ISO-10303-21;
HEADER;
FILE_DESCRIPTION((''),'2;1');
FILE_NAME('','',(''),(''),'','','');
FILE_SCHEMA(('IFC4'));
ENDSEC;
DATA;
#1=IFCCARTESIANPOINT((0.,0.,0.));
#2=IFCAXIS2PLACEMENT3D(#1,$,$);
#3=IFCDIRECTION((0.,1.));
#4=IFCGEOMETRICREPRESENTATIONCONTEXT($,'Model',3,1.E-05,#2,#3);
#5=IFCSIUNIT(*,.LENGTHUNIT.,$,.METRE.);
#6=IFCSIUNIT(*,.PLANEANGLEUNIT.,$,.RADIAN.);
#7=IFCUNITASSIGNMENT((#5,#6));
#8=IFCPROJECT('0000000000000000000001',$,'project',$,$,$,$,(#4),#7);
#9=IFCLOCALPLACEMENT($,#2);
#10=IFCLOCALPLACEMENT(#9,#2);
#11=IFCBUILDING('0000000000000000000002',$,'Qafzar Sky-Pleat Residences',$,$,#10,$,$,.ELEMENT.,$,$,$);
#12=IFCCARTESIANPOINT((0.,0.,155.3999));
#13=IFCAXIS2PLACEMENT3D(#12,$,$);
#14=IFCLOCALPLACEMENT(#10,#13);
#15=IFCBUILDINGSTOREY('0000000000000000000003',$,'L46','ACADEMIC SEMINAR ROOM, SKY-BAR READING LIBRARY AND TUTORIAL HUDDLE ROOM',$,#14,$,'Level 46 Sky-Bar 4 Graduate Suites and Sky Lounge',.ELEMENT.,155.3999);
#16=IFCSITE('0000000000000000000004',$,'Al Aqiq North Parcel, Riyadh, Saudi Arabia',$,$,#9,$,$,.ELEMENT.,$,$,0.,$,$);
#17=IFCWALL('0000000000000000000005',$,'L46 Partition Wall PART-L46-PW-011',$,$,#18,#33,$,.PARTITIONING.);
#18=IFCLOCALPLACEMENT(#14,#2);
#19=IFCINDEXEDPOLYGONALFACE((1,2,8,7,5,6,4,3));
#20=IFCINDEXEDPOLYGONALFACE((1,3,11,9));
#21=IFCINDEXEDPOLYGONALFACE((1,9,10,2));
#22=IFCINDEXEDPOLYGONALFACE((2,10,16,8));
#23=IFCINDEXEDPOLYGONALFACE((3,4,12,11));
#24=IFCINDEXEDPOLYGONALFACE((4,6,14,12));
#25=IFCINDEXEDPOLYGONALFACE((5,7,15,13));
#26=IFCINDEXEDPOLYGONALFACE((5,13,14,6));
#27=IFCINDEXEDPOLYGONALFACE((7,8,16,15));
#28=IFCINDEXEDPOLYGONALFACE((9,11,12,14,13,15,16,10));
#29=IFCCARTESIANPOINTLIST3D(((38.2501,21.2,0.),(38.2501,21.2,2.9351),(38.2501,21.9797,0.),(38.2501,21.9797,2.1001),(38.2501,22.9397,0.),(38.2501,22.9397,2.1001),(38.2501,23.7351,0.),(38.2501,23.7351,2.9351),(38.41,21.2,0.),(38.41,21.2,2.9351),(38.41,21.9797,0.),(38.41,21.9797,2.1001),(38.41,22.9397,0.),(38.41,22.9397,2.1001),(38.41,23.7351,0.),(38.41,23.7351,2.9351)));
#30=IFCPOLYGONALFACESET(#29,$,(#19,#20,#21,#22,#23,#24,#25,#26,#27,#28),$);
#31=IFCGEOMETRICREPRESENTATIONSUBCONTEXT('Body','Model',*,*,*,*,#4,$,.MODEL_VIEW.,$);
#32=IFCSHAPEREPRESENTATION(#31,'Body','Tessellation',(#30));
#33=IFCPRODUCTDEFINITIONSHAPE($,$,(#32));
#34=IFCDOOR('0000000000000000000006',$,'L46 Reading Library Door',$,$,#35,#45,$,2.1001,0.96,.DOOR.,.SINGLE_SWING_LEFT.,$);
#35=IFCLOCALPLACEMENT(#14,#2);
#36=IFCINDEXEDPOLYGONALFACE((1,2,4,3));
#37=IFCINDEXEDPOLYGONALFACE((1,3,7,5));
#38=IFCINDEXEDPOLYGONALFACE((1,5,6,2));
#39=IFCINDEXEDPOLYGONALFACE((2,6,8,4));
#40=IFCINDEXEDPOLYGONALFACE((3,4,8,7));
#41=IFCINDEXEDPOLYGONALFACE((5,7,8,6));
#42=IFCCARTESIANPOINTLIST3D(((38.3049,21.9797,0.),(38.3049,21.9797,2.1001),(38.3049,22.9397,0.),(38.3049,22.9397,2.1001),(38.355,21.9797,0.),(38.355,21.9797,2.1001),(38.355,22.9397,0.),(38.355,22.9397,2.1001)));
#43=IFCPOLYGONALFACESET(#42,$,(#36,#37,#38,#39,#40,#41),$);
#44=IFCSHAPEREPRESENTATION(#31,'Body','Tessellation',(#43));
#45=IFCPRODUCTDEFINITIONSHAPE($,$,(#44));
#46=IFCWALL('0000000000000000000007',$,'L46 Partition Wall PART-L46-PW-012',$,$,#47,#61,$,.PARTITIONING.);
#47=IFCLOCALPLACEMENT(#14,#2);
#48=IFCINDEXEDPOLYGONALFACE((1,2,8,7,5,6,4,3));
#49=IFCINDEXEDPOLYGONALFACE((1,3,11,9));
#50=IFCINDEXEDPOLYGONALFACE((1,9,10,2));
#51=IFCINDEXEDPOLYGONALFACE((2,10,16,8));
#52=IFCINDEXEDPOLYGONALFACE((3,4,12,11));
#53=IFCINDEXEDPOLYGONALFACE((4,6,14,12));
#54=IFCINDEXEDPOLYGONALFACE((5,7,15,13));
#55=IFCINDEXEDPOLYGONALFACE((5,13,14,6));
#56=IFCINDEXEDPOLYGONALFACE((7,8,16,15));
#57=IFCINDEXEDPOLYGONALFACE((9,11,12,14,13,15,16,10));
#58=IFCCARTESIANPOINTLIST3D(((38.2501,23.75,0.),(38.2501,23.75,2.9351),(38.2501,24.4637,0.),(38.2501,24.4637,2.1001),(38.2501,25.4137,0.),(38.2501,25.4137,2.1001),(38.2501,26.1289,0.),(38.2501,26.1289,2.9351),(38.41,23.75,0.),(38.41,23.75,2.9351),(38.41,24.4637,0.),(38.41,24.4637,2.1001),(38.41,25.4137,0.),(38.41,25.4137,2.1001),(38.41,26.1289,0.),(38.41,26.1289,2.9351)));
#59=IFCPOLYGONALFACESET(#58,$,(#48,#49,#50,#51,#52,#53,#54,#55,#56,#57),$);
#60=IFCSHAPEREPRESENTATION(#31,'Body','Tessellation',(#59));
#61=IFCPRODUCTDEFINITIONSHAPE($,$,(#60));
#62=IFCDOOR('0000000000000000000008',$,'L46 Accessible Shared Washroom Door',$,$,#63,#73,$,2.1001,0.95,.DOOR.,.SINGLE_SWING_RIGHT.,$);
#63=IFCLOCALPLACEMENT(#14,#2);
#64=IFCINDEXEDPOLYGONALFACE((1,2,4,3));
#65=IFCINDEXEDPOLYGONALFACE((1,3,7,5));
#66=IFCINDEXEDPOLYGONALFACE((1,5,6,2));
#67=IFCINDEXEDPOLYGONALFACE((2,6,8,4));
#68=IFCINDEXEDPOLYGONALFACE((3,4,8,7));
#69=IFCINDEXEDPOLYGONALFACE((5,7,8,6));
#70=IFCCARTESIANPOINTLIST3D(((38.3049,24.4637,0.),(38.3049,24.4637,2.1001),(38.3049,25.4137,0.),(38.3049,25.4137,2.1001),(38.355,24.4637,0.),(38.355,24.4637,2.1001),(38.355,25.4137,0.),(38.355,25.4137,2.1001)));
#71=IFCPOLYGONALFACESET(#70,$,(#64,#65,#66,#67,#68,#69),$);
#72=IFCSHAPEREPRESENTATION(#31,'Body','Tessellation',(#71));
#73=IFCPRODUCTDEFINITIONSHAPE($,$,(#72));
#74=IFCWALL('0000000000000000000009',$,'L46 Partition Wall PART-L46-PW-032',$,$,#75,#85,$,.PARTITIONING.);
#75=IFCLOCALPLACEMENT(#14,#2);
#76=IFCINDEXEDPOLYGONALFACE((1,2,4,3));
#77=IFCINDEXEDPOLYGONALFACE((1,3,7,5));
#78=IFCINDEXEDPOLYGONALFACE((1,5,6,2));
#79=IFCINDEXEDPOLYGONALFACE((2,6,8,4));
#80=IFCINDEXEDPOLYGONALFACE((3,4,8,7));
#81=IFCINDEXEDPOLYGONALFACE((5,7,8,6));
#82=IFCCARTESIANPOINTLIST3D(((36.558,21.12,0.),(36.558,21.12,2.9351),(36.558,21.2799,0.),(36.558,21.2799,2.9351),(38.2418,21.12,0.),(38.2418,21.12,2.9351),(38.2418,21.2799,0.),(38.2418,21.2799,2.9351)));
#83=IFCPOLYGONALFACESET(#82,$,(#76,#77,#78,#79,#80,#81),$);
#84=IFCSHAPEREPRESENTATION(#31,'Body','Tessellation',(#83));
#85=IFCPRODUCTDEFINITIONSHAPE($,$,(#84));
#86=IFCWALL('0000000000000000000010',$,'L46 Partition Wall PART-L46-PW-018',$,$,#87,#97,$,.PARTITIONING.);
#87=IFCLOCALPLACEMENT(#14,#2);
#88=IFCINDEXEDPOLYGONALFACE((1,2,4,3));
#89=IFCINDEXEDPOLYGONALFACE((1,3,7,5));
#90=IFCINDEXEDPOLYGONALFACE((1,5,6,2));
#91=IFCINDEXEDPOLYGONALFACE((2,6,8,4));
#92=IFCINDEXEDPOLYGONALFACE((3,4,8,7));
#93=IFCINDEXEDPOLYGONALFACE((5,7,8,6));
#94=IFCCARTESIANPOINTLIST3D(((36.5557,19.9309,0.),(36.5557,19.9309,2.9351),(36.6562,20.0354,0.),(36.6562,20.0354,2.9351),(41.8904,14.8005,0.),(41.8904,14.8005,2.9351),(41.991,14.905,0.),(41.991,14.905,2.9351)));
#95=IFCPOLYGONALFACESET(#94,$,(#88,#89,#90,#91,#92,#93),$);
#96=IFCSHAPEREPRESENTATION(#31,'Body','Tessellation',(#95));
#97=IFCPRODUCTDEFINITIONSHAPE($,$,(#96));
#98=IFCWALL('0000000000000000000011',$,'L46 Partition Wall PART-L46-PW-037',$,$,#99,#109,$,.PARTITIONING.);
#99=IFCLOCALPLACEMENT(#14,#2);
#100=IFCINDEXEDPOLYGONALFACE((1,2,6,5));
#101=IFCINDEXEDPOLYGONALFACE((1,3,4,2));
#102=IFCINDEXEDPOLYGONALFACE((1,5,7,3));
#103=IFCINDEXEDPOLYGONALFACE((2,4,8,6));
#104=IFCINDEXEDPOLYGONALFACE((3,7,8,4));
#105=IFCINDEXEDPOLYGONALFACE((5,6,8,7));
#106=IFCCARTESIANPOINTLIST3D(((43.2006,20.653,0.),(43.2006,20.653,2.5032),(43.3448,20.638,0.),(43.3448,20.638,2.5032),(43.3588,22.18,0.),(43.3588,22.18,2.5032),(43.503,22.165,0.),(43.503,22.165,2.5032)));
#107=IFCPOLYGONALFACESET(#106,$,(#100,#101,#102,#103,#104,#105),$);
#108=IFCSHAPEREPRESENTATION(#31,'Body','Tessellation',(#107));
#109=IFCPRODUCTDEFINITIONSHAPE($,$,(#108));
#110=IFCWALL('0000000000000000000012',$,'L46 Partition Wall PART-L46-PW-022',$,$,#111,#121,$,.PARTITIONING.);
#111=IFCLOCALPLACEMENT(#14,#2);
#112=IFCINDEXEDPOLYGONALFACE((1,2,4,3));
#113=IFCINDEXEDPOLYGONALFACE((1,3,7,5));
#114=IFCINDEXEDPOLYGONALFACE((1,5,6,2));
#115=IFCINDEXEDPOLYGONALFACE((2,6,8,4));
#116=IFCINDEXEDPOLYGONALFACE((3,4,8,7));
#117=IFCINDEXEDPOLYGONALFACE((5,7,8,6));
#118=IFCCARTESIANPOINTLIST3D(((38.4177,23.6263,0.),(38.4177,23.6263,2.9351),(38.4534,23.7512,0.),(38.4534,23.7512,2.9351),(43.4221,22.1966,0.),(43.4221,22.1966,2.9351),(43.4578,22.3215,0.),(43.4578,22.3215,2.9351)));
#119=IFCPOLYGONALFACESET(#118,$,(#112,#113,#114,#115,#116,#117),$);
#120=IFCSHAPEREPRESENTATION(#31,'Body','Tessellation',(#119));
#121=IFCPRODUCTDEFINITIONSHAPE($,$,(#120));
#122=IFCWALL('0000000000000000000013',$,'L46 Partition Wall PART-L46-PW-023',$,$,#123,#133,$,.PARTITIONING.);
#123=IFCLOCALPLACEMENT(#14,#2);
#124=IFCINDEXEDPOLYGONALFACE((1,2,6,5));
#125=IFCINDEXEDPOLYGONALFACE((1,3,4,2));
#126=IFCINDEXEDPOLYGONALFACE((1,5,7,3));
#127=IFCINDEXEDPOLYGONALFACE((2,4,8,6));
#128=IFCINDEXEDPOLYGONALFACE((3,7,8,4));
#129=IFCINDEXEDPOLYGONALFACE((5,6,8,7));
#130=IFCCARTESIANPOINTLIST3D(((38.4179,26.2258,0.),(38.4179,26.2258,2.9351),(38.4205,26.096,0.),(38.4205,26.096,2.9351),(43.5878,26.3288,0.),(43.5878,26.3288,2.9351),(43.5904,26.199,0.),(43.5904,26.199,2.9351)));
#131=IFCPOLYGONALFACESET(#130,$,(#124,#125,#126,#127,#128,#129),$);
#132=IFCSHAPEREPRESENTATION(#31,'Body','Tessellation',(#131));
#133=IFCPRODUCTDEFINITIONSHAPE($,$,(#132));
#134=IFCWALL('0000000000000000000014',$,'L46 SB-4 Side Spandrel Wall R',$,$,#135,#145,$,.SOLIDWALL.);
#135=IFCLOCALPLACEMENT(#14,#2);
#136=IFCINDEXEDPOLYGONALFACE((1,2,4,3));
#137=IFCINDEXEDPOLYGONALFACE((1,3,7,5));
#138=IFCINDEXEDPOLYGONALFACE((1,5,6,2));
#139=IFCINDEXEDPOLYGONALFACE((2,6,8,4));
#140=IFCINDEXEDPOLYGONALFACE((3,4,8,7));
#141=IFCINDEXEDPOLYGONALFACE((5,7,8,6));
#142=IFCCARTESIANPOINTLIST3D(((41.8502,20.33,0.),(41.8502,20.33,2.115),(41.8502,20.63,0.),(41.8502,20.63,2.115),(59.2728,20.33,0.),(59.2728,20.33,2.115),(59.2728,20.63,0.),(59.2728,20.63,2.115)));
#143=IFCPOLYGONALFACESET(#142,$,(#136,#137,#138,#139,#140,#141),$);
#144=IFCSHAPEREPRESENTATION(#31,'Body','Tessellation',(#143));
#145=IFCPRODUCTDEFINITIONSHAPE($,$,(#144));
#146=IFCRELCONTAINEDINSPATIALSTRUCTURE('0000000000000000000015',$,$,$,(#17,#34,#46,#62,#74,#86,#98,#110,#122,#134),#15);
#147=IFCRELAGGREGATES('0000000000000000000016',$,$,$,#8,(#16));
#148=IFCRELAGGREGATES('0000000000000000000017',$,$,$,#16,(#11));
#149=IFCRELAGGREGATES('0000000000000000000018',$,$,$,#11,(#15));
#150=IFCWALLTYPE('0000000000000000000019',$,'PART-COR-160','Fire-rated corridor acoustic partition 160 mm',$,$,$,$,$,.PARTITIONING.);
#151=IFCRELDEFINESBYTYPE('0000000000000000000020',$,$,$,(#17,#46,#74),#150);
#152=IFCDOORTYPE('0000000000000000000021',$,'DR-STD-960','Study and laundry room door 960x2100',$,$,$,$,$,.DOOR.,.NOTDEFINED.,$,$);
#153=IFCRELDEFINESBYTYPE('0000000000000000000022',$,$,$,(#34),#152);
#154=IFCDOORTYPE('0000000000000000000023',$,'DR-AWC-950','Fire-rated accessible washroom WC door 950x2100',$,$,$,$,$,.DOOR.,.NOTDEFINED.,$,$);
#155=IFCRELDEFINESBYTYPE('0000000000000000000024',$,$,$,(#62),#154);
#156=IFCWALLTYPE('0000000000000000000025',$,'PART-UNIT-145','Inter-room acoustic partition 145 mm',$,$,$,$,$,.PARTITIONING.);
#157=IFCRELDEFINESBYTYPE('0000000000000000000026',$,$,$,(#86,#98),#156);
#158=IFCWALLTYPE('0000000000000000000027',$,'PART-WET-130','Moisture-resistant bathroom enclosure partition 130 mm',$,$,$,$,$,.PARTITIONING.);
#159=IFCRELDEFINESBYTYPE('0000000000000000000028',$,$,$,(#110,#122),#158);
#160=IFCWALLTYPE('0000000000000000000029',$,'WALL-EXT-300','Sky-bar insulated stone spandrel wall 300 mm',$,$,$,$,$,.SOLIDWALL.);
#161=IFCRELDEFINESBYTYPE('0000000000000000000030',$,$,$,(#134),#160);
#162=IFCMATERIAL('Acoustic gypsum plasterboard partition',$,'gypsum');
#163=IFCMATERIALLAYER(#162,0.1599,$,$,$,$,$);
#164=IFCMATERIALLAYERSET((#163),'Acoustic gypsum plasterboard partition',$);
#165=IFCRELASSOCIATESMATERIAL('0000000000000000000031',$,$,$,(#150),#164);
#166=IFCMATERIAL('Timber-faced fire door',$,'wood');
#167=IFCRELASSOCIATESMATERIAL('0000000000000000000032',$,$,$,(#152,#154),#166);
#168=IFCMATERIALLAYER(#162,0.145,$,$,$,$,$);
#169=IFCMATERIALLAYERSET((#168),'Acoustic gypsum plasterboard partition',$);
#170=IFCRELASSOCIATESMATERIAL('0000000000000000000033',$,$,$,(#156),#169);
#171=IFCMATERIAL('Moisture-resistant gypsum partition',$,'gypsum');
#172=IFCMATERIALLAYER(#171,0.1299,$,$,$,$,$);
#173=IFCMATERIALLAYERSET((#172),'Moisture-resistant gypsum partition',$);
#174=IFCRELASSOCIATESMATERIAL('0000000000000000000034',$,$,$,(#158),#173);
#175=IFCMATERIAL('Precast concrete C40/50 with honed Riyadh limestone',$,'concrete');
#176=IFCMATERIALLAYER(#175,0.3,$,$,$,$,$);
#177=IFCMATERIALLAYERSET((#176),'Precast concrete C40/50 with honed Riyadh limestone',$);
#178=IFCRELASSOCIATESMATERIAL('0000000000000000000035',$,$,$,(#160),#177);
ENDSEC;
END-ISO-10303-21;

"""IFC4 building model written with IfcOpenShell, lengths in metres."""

from ifc_helpers import new_model, si_unit, direction, frame, frame_2d, origin, place, context, subcontext, project, spatial, rectangle, extrude, source, transform, mapped, material, layer, layer_set, type_object, element, fill, save


model = new_model("IFC4")

# Units and contexts
model_context = context("Model", 3, precision=1e-05, world=origin(), true_north=direction((0.0, 1.0)))
body_context = subcontext(model_context, "Body", "Model", "MODEL_VIEW")
ifc_project = project(units=[si_unit("LENGTHUNIT", "METRE"), si_unit("PLANEANGLEUNIT", "RADIAN")], contexts=[model_context])

# Site, building, storey
site_placement = place(None, origin())
site = spatial("IfcSite", under=ifc_project, at=site_placement, Name="Al Aqiq North Parcel, Riyadh, Saudi Arabia", CompositionType="ELEMENT", RefElevation=0.0)
building_placement = place(site_placement, origin())
building = spatial("IfcBuilding", under=site, at=building_placement, Name="Qafzar Sky-Pleat Residences", CompositionType="ELEMENT")
storey_placement = place(building_placement, frame((0.0, 0.0, 155.3999)))
storey = spatial("IfcBuildingStorey", under=building, at=storey_placement, Name="L46", Description="ACADEMIC SEMINAR ROOM, SKY-BAR READING LIBRARY AND TUTORIAL HUDDLE ROOM", LongName="Level 46 Sky-Bar 4 Graduate Suites and Sky Lounge", CompositionType="ELEMENT", Elevation=155.3999)

# Walls, openings, doors
ifc_material_1 = material(Name="Acoustic gypsum plasterboard partition", Category="gypsum")
ifc_layer_1 = layer(ifc_material_1, 0.1599)
ifc_layer_set_1 = layer_set([ifc_layer_1], Name="Acoustic gypsum plasterboard partition")
wall_type_1 = type_object("IfcWallType", Name="PART-COR-160", Description="Fire-rated corridor acoustic partition 160 mm", PredefinedType="PARTITIONING", material=ifc_layer_set_1)
wall_1_placement = place(storey_placement, frame((38.3301, 23.7351, 0.0), z_axis=(0.0, 0.0, 1.0), x_axis=(0.0, -1.0, 0.0)))
wall_1 = element("IfcWall", 1, at=wall_1_placement, inside=storey, type_object=wall_type_1, Name="L46 Partition Wall PART-L46-PW-011", PredefinedType="PARTITIONING", context=body_context, shape_type="SweptSolid", body=[
    extrude(rectangle(XDim=2.5352, YDim=0.1599, at=frame_2d((1.2676, 0.0))), origin(), (0.0, 0.0, 1.0), 2.9351),
])
opening_1_placement = place(wall_1_placement, frame((0.7954, 0.0, 0.0)))
opening_1 = element("IfcOpeningElement", 2, at=opening_1_placement, cuts=wall_1, PredefinedType="OPENING", context=body_context, shape_type="SweptSolid", body=[
    extrude(rectangle(XDim=0.96, YDim=2.1001, at=frame_2d((0.48, 1.05))), frame((0.0, 0.0898, 0.0), z_axis=(0.0, -1.0, 0.0), x_axis=(1.0, 0.0, 0.0)), (0.0, 0.0, 1.0), 0.1799),
])
ifc_material_2 = material(Name="Timber-faced fire door", Category="wood")
door_type_1 = type_object("IfcDoorType", Name="DR-STD-960", Description="Study and laundry room door 960x2100", OperationType="NOTDEFINED", PredefinedType="DOOR", material=ifc_material_2)
shared_shape_1 = source(origin(), body_context, "Body", "SweptSolid", [
    extrude(rectangle(XDim=0.96, YDim=2.1001, at=frame_2d((0.48, 1.05))), frame((0.0, 0.0249, 0.0), z_axis=(0.0, -1.0, 0.0), x_axis=(1.0, 0.0, 0.0)), (0.0, 0.0, 1.0), 0.05),
])
door_1_placement = place(opening_1_placement, origin())
door_1 = element("IfcDoor", 3, at=door_1_placement, inside=storey, type_object=door_type_1, Name="L46 Reading Library Door", OperationType="SINGLE_SWING_LEFT", OverallHeight=2.1001, OverallWidth=0.96, PredefinedType="DOOR", context=body_context, shape_type="MappedRepresentation", body=[
    mapped(shared_shape_1, transform((0.0, 0.0, 0.0), x_axis=(1.0, 0.0, 0.0), y_axis=(0.0, 1.0, 0.0), z_axis=(0.0, 0.0, 1.0), scale=1.0)),
])
fill(opening_1, door_1)
wall_2_placement = place(storey_placement, frame((38.3301, 26.1289, 0.0), z_axis=(0.0, 0.0, 1.0), x_axis=(0.0, -1.0, 0.0)))
wall_2 = element("IfcWall", 4, at=wall_2_placement, inside=storey, type_object=wall_type_1, Name="L46 Partition Wall PART-L46-PW-012", PredefinedType="PARTITIONING", context=body_context, shape_type="SweptSolid", body=[
    extrude(rectangle(XDim=2.3789, YDim=0.1599, at=frame_2d((1.1895, 0.0))), origin(), (0.0, 0.0, 1.0), 2.9351),
])
opening_2_placement = place(wall_2_placement, frame((0.7151, 0.0, 0.0)))
opening_2 = element("IfcOpeningElement", 5, at=opening_2_placement, cuts=wall_2, PredefinedType="OPENING", context=body_context, shape_type="SweptSolid", body=[
    extrude(rectangle(XDim=0.95, YDim=2.1001, at=frame_2d((0.4751, 1.05))), frame((0.0, 0.0898, 0.0), z_axis=(0.0, -1.0, 0.0), x_axis=(1.0, 0.0, 0.0)), (0.0, 0.0, 1.0), 0.1799),
])
door_type_2 = type_object("IfcDoorType", Name="DR-AWC-950", Description="Fire-rated accessible washroom WC door 950x2100", OperationType="NOTDEFINED", PredefinedType="DOOR", material=ifc_material_2)
shared_shape_2 = source(origin(), body_context, "Body", "SweptSolid", [
    extrude(rectangle(XDim=0.95, YDim=2.1001, at=frame_2d((0.4751, 1.05))), frame((0.0, 0.0249, 0.0), z_axis=(0.0, -1.0, 0.0), x_axis=(1.0, 0.0, 0.0)), (0.0, 0.0, 1.0), 0.05),
])
door_2_placement = place(opening_2_placement, origin())
door_2 = element("IfcDoor", 6, at=door_2_placement, inside=storey, type_object=door_type_2, Name="L46 Accessible Shared Washroom Door", OperationType="SINGLE_SWING_RIGHT", OverallHeight=2.1001, OverallWidth=0.95, PredefinedType="DOOR", context=body_context, shape_type="MappedRepresentation", body=[
    mapped(shared_shape_2, transform((0.0, 0.0, 0.0), x_axis=(1.0, 0.0, 0.0), y_axis=(0.0, 1.0, 0.0), z_axis=(0.0, 0.0, 1.0), scale=1.0)),
])
fill(opening_2, door_2)

# Wall
wall_3_placement = place(storey_placement, frame((36.5581, 21.2, 0.0), z_axis=(0.0, 0.0, 1.0), x_axis=(1.0, 0.0, 0.0)))
element("IfcWall", 7, at=wall_3_placement, inside=storey, type_object=wall_type_1, Name="L46 Partition Wall PART-L46-PW-032", PredefinedType="PARTITIONING", context=body_context, shape_type="SweptSolid", body=[
    extrude(rectangle(XDim=1.6838, YDim=0.1599, at=frame_2d((0.8418, 0.0))), origin(), (0.0, 0.0, 1.0), 2.9351),
])

# Walls
ifc_layer_2 = layer(ifc_material_1, 0.145)
ifc_layer_set_2 = layer_set([ifc_layer_2], Name="Acoustic gypsum plasterboard partition")
wall_type_2 = type_object("IfcWallType", Name="PART-UNIT-145", Description="Inter-room acoustic partition 145 mm", PredefinedType="PARTITIONING", material=ifc_layer_set_2)
wall_4_placement = place(storey_placement, frame((36.606, 19.9832, 0.0), z_axis=(0.0, 0.0, 1.0), x_axis=(0.720777, -0.693167, 0.0)))
element("IfcWall", 8, at=wall_4_placement, inside=storey, type_object=wall_type_2, Name="L46 Partition Wall PART-L46-PW-018", PredefinedType="PARTITIONING", context=body_context, shape_type="SweptSolid", body=[
    extrude(rectangle(XDim=7.4014, YDim=0.145, at=frame_2d((3.7007, 0.0))), origin(), (0.0, 0.0, 1.0), 2.9351),
])
wall_5_placement = place(storey_placement, frame((43.2727, 20.6455, 0.0), z_axis=(0.0, 0.0, 1.0), x_axis=(0.103046, 0.994677, 0.0)))
element("IfcWall", 9, at=wall_5_placement, inside=storey, type_object=wall_type_2, Name="L46 Partition Wall PART-L46-PW-037", PredefinedType="PARTITIONING", context=body_context, shape_type="SweptSolid", body=[
    extrude(rectangle(XDim=1.5352, YDim=0.145, at=frame_2d((0.7676, 0.0))), origin(), (0.0, 0.0, 1.0), 2.5032),
])
ifc_material_3 = material(Name="Moisture-resistant gypsum partition", Category="gypsum")
ifc_layer_3 = layer(ifc_material_3, 0.1299)
ifc_layer_set_3 = layer_set([ifc_layer_3], Name="Moisture-resistant gypsum partition")
wall_type_3 = type_object("IfcWallType", Name="PART-WET-130", Description="Moisture-resistant bathroom enclosure partition 130 mm", PredefinedType="PARTITIONING", material=ifc_layer_set_3)
wall_6_placement = place(storey_placement, frame((38.4355, 23.6887, 0.0), z_axis=(0.0, 0.0, 1.0), x_axis=(0.961531, -0.274696, 0.0)))
element("IfcWall", 10, at=wall_6_placement, inside=storey, type_object=wall_type_3, Name="L46 Partition Wall PART-L46-PW-022", PredefinedType="PARTITIONING", context=body_context, shape_type="SweptSolid", body=[
    extrude(rectangle(XDim=5.2046, YDim=0.1299, at=frame_2d((2.6023, 0.0))), origin(), (0.0, 0.0, 1.0), 2.9351),
])
wall_7_placement = place(storey_placement, frame((38.4192, 26.1609, 0.0), z_axis=(0.0, 0.0, 1.0), x_axis=(0.999801, 0.019924, 0.0)))
element("IfcWall", 11, at=wall_7_placement, inside=storey, type_object=wall_type_3, Name="L46 Partition Wall PART-L46-PW-023", PredefinedType="PARTITIONING", context=body_context, shape_type="SweptSolid", body=[
    extrude(rectangle(XDim=5.1709, YDim=0.1299, at=frame_2d((2.5854, 0.0))), origin(), (0.0, 0.0, 1.0), 2.9351),
])
ifc_material_4 = material(Name="Precast concrete C40/50 with honed Riyadh limestone", Category="concrete")
ifc_layer_4 = layer(ifc_material_4, 0.3)
ifc_layer_set_4 = layer_set([ifc_layer_4], Name="Precast concrete C40/50 with honed Riyadh limestone")
wall_type_4 = type_object("IfcWallType", Name="WALL-EXT-300", Description="Sky-bar insulated stone spandrel wall 300 mm", PredefinedType="SOLIDWALL", material=ifc_layer_set_4)
wall_8_placement = place(storey_placement, frame((41.8501, 20.48, 0.0), z_axis=(0.0, 0.0, 1.0), x_axis=(1.0, 0.0, 0.0)))
element("IfcWall", 12, at=wall_8_placement, inside=storey, type_object=wall_type_4, Name="L46 SB-4 Side Spandrel Wall R", PredefinedType="SOLIDWALL", context=body_context, shape_type="SweptSolid", body=[
    extrude(rectangle(XDim=17.4226, YDim=0.3, at=frame_2d((8.7114, 0.0))), origin(), (0.0, 0.0, 1.0), 2.115),
])

save(model, "model.ifc")
